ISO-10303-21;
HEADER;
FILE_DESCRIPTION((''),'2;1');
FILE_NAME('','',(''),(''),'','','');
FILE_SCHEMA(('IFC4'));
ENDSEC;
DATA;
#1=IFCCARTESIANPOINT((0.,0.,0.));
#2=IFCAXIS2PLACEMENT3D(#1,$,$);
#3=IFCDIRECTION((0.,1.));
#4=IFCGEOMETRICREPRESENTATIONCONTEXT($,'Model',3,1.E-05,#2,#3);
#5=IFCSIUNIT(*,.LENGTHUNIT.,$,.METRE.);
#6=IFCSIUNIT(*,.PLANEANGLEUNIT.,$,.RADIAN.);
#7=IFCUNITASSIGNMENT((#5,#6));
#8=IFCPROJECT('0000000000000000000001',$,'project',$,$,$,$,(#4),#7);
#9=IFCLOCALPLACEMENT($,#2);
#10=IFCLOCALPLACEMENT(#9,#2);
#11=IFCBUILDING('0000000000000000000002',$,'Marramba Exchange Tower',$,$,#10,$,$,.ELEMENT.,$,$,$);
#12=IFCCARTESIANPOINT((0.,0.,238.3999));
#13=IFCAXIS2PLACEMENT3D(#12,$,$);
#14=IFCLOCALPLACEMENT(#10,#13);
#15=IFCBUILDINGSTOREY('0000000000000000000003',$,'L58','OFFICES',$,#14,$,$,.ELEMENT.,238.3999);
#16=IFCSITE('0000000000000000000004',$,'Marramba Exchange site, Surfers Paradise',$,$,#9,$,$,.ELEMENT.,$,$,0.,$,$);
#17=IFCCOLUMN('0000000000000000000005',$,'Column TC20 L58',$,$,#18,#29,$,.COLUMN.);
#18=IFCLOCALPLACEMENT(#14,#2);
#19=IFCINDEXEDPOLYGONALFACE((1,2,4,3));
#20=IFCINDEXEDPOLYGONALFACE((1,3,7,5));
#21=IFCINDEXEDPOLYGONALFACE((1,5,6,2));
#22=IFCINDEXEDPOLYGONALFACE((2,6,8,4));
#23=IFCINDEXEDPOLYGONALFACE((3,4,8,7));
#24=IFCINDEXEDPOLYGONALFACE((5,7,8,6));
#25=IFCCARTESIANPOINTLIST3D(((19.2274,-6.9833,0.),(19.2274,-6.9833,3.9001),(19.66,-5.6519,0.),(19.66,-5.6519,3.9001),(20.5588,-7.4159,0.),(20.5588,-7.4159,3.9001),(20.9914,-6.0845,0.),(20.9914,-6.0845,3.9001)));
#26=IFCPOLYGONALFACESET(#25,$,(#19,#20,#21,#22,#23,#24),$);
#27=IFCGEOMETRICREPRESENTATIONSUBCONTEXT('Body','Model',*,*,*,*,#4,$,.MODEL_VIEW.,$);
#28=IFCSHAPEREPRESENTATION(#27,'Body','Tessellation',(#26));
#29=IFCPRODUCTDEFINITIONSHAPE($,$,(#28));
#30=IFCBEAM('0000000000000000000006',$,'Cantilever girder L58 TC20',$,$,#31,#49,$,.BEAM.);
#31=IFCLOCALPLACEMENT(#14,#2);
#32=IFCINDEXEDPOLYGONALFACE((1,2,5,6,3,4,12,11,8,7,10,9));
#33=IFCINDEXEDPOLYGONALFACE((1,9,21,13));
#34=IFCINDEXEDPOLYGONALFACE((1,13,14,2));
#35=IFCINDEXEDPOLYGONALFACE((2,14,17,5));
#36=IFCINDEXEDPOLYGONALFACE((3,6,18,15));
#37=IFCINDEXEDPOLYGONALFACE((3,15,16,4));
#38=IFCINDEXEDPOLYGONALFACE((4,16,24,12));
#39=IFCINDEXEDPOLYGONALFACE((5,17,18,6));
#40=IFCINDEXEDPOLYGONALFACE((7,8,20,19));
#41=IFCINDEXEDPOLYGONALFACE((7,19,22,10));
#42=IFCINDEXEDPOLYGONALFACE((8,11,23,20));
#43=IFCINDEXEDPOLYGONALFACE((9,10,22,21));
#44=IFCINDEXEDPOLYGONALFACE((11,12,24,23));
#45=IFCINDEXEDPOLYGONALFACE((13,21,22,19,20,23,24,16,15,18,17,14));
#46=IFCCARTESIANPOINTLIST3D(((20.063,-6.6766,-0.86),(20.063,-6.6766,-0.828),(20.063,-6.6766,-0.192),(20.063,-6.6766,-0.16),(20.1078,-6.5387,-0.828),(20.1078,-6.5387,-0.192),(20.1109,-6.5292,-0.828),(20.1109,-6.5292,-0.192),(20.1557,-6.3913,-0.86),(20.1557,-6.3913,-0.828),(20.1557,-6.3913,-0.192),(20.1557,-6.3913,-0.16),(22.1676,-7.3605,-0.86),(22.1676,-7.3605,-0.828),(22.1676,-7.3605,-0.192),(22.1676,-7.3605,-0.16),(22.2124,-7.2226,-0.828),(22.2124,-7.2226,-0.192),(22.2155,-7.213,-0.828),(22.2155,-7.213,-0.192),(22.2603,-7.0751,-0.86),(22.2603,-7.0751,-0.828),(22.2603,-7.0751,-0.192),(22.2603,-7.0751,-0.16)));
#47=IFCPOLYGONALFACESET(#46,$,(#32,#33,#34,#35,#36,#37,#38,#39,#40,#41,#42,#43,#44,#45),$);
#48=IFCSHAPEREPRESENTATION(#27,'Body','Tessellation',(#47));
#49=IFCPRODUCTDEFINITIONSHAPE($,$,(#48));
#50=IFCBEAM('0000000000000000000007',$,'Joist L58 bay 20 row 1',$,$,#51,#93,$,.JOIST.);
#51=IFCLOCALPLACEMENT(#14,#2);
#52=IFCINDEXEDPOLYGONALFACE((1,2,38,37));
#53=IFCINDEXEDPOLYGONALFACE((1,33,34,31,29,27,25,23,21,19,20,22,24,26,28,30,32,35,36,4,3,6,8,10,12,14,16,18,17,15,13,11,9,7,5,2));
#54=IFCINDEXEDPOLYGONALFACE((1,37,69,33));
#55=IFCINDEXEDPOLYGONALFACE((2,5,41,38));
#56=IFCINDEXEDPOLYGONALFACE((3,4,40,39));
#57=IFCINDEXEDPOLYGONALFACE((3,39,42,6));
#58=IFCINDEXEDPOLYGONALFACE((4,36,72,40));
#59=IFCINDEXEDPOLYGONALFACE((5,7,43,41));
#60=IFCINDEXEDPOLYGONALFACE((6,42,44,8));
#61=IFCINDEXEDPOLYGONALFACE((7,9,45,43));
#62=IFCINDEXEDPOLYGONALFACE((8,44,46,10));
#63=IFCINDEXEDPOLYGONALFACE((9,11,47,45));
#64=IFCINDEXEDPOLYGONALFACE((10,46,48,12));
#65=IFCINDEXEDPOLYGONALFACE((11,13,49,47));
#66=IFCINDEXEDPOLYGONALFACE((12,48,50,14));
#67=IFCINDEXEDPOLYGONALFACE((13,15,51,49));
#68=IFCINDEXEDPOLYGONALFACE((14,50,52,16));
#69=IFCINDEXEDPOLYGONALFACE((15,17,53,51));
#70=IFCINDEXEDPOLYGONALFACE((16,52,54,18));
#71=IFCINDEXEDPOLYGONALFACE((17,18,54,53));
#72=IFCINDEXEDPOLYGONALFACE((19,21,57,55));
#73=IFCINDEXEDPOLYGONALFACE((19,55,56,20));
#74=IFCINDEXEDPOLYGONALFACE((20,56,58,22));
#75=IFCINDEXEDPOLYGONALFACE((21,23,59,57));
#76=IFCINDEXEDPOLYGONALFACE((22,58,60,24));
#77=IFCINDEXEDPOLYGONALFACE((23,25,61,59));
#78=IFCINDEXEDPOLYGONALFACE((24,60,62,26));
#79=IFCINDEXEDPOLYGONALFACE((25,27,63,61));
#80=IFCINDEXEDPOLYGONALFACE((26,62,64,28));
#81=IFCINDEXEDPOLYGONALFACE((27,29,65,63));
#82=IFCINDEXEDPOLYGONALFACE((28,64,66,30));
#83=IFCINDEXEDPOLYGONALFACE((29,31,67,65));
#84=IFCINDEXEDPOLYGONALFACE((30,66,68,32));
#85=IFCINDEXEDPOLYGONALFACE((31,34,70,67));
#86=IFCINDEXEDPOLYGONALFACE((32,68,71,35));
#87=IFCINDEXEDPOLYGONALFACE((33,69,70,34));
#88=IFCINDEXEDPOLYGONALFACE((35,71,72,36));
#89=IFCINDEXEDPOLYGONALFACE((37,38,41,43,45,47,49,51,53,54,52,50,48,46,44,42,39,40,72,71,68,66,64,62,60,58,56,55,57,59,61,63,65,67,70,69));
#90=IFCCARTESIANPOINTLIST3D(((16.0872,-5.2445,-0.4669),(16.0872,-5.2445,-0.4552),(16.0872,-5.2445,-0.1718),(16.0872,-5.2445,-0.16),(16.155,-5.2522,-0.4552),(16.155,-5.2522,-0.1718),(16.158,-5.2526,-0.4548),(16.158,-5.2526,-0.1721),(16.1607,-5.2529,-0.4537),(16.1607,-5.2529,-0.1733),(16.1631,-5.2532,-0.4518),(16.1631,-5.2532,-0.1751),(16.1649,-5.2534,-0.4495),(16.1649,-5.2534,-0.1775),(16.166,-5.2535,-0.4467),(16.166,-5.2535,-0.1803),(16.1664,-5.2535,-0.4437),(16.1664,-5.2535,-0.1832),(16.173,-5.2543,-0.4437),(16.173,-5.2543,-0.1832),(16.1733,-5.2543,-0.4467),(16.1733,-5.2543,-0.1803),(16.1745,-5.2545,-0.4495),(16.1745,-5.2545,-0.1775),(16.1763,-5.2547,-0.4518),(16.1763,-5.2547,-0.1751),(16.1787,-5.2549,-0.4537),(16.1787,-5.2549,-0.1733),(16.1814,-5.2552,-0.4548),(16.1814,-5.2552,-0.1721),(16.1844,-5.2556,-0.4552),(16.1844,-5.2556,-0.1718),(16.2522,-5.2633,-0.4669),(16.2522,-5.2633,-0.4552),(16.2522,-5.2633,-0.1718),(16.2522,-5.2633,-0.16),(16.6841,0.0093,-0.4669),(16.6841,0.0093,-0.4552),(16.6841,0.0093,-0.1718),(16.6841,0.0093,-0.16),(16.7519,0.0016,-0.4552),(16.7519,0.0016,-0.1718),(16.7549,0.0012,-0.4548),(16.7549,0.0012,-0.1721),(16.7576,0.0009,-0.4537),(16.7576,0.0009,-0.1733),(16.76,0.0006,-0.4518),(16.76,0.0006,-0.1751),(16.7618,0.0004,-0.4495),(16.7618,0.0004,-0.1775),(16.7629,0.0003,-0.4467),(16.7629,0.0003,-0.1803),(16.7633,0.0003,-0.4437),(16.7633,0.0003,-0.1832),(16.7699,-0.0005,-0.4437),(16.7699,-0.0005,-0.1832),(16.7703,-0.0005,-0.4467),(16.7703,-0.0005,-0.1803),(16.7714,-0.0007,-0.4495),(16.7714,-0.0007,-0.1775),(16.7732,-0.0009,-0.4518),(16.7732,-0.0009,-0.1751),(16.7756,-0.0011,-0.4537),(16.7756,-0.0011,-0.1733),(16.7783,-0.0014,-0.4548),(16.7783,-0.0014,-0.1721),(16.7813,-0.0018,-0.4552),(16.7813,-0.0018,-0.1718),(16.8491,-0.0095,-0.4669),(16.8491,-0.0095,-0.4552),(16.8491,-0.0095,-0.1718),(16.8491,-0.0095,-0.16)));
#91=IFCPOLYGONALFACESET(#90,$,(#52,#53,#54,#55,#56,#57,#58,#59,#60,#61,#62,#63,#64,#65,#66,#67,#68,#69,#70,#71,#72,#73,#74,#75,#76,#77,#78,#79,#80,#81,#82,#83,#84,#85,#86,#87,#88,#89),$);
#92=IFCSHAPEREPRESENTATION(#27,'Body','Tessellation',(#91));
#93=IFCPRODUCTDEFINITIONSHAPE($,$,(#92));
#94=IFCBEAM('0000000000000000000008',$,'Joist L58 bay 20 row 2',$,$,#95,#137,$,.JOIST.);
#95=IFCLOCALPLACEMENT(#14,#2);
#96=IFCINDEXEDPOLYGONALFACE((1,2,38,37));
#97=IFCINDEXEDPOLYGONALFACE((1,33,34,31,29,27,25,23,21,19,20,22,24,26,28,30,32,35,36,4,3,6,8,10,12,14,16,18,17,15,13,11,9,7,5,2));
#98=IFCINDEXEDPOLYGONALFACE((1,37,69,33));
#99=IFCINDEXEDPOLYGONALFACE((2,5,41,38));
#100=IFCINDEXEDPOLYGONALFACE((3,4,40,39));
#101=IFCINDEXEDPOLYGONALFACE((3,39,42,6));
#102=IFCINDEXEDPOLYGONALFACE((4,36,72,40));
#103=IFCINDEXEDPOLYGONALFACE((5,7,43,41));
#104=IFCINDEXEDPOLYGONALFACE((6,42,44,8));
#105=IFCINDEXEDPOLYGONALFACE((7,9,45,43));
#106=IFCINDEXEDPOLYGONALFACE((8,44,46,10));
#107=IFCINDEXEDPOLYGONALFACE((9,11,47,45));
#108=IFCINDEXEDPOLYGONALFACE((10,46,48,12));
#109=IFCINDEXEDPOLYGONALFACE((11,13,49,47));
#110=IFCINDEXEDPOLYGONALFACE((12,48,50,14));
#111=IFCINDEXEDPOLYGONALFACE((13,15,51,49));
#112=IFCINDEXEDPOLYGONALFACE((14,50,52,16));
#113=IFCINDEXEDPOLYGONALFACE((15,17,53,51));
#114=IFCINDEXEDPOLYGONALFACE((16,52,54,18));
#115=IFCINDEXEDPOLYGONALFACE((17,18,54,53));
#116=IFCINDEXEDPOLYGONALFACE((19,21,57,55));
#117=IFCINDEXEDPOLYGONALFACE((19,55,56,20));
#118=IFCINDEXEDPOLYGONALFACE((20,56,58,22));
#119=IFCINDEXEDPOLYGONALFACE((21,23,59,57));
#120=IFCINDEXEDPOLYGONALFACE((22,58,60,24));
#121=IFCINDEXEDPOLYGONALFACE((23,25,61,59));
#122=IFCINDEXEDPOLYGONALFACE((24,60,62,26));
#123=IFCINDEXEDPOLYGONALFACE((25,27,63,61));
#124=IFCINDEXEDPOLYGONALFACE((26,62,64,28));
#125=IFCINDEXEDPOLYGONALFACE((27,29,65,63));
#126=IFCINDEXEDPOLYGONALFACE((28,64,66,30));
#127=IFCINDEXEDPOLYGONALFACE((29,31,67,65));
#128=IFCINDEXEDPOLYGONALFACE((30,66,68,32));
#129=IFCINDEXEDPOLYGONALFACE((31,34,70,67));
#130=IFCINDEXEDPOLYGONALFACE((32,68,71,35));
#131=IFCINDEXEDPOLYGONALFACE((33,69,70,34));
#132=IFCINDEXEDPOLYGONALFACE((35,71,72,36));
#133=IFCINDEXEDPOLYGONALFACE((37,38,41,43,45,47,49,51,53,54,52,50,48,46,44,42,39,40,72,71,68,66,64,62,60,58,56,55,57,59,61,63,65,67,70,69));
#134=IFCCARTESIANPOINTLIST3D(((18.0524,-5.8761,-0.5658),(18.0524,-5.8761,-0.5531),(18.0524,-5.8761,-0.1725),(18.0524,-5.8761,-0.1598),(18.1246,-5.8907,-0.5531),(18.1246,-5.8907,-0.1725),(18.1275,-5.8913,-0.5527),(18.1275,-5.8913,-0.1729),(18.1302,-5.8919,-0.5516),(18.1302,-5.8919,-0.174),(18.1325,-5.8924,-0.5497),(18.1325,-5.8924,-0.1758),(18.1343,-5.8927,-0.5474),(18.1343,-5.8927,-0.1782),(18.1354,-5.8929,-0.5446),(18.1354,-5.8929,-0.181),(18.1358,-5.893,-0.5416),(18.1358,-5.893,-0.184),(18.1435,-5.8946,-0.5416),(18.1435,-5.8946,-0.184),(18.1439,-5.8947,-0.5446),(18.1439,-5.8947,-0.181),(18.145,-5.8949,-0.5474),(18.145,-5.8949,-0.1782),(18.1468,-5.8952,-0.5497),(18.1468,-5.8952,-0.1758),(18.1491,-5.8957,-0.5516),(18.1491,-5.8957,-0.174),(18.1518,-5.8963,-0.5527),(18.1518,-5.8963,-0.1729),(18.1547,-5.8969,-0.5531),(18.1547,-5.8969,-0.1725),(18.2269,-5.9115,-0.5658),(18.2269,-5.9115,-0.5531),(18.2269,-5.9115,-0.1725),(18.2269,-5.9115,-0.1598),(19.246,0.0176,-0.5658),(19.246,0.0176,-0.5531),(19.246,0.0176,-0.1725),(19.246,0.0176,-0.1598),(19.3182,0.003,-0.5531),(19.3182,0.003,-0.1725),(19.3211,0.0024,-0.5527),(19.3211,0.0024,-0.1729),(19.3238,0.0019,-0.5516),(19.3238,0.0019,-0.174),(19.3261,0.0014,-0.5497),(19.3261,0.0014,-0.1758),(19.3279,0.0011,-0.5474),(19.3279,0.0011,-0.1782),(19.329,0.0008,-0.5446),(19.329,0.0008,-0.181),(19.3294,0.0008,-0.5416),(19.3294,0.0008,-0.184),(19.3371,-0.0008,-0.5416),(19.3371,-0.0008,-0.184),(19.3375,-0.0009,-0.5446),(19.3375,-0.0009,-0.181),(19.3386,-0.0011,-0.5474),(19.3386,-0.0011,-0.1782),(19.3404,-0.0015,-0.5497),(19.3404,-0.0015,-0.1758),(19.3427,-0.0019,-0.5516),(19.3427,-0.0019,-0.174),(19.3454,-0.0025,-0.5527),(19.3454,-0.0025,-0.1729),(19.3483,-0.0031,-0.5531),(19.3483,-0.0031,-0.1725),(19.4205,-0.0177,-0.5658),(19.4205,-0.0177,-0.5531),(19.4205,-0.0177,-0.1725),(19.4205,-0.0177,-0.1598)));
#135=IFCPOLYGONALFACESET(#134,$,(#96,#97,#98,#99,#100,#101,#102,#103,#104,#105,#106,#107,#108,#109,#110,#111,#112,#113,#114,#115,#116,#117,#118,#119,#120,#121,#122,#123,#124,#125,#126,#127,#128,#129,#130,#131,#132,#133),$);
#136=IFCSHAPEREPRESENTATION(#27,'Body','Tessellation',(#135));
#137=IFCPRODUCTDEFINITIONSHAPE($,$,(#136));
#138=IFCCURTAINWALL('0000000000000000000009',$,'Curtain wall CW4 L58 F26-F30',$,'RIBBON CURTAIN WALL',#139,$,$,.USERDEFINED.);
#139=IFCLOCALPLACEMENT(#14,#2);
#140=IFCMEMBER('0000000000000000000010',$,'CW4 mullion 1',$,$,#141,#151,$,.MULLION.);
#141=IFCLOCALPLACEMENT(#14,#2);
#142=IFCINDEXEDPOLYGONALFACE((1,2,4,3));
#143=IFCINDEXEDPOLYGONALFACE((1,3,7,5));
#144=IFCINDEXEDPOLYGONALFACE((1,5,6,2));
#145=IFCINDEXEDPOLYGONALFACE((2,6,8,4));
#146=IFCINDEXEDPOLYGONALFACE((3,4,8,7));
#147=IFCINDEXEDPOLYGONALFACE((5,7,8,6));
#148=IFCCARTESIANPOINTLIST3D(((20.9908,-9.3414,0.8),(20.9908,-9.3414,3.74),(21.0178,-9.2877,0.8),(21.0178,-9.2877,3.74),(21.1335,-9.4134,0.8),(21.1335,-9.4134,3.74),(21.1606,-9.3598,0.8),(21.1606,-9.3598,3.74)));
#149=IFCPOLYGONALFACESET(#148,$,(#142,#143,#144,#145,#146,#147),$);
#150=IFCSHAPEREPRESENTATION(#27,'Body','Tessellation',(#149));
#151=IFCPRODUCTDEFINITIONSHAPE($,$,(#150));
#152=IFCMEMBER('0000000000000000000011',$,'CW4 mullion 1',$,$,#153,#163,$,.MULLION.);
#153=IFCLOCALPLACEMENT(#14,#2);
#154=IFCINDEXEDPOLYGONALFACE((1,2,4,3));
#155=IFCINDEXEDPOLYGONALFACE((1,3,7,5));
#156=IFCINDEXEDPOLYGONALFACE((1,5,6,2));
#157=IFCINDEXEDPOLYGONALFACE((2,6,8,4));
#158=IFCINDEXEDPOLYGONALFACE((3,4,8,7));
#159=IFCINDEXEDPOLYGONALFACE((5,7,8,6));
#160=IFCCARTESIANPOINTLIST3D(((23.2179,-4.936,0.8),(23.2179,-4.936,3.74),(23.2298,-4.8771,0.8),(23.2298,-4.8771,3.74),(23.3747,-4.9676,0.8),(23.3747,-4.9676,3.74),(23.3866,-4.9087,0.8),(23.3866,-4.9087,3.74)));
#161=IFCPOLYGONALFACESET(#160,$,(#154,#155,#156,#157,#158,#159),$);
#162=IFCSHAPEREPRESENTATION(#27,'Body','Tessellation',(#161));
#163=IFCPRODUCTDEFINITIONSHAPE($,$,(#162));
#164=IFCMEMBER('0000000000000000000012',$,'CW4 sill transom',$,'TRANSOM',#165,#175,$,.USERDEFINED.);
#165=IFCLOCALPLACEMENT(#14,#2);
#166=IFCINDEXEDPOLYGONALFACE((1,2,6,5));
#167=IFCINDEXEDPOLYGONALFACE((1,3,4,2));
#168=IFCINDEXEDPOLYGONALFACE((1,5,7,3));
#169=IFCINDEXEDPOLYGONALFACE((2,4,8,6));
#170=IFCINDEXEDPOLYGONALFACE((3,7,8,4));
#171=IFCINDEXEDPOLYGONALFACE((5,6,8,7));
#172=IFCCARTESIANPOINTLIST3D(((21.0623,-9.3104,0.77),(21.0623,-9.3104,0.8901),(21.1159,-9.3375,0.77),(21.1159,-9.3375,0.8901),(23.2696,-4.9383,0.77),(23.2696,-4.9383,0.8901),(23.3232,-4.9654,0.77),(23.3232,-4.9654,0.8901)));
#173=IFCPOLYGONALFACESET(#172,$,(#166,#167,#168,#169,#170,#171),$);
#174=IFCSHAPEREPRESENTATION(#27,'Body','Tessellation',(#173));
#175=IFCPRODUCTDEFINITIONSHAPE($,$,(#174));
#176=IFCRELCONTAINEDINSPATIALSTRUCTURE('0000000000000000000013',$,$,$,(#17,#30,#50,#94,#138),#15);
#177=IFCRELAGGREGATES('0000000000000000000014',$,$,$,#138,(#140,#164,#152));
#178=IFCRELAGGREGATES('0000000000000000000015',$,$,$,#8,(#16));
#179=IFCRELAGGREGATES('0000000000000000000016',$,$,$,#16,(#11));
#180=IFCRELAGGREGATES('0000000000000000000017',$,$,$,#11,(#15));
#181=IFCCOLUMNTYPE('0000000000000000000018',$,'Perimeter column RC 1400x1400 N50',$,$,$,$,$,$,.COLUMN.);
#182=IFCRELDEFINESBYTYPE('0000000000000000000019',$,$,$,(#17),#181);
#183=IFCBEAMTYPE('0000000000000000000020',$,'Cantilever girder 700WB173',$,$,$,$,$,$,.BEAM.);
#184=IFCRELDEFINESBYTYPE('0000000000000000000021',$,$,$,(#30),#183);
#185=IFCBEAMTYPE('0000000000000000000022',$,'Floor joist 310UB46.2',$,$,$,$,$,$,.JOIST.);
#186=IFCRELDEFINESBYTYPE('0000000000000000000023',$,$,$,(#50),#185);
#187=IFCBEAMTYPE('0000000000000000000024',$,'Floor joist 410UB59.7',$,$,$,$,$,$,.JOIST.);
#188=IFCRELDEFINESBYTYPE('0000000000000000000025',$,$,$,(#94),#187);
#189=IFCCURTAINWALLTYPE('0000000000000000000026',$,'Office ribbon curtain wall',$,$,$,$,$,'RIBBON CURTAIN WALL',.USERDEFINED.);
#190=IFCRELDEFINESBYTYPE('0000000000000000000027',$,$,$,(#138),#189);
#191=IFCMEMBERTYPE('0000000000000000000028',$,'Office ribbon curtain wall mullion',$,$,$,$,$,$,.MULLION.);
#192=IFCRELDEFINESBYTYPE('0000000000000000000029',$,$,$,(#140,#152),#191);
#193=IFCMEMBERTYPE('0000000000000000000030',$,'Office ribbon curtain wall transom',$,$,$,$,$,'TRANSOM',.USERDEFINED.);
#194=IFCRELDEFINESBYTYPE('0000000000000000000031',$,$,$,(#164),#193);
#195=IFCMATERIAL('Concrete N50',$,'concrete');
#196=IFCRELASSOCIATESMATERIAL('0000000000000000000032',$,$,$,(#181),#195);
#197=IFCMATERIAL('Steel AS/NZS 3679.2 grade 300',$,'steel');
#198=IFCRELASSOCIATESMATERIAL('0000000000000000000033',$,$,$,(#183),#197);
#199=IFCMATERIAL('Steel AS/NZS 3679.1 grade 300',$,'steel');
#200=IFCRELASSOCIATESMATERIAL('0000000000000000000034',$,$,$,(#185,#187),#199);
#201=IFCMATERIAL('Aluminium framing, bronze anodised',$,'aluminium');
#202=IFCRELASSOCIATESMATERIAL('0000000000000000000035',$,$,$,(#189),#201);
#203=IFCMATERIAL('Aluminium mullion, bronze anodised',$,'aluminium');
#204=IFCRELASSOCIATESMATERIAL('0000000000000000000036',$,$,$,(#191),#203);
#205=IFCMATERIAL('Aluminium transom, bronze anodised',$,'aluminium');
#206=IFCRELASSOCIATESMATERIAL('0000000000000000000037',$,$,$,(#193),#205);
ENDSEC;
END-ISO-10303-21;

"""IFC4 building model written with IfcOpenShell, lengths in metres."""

from ifc_helpers import new_model, si_unit, direction, frame, origin, origin_2d, place, context, subcontext, project, spatial, rectangle, i_section, extrude, material, material_profile, profile_set, type_object, element, aggregate, save


model = new_model("IFC4")

# Units and contexts
model_context = context("Model", 3, precision=1e-05, world=origin(), true_north=direction((0.0, 1.0)))
body_context = subcontext(model_context, "Body", "Model", "MODEL_VIEW")
ifc_project = project(units=[si_unit("LENGTHUNIT", "METRE"), si_unit("PLANEANGLEUNIT", "RADIAN")], contexts=[model_context])

# Site, building, storey
site_placement = place(None, origin())
site = spatial("IfcSite", under=ifc_project, at=site_placement, Name="Marramba Exchange site, Surfers Paradise", CompositionType="ELEMENT", RefElevation=0.0)
building_placement = place(site_placement, origin())
building = spatial("IfcBuilding", under=site, at=building_placement, Name="Marramba Exchange Tower", CompositionType="ELEMENT")
storey_placement = place(building_placement, frame((0.0, 0.0, 238.3999)))
storey = spatial("IfcBuildingStorey", under=building, at=storey_placement, Name="L58", Description="OFFICES", CompositionType="ELEMENT", Elevation=238.3999)

# Column
ifc_material_1 = material(Name="Concrete N50", Category="concrete")
ifc_material_profile_1 = material_profile(ifc_material_1, rectangle(XDim=1.3999, YDim=1.3999, at=origin_2d()), Name="RC 1400x1400")
ifc_profile_set_1 = profile_set([ifc_material_profile_1], Name="Concrete N50")
column_type = type_object("IfcColumnType", Name="Perimeter column RC 1400x1400 N50", PredefinedType="COLUMN", material=ifc_profile_set_1)
column_placement = place(storey_placement, frame((20.1094, -6.5339, 0.0), z_axis=(0.0, 0.0, 1.0), x_axis=(0.951057, -0.309017, 0.0)))
element("IfcColumn", 1, at=column_placement, inside=storey, type_object=column_type, Name="Column TC20 L58", PredefinedType="COLUMN", context=body_context, shape_type="SweptSolid", body=[
    extrude(rectangle(XDim=1.3999, YDim=1.3999, at=origin_2d()), origin(), (0.0, 0.0, 1.0), 3.9001),
])

# Beams
ifc_material_2 = material(Name="Steel AS/NZS 3679.2 grade 300", Category="steel")
ifc_material_profile_2 = material_profile(ifc_material_2, i_section(OverallWidth=0.3, OverallDepth=0.7, WebThickness=0.01, FlangeThickness=0.032, at=origin_2d()), Name="700WB173")
ifc_profile_set_2 = profile_set([ifc_material_profile_2], Name="Steel AS/NZS 3679.2 grade 300")
beam_type_1 = type_object("IfcBeamType", Name="Cantilever girder 700WB173", PredefinedType="BEAM", material=ifc_profile_set_2)
beam_1_placement = place(storey_placement, frame((20.1094, -6.5339, -0.51), z_axis=(0.95105, -0.309036, 0.0), x_axis=(0.309036, 0.95105, 0.0)))
element("IfcBeam", 2, at=beam_1_placement, inside=storey, type_object=beam_type_1, Name="Cantilever girder L58 TC20", PredefinedType="BEAM", context=body_context, shape_type="SweptSolid", body=[
    extrude(i_section(OverallWidth=0.3, OverallDepth=0.7, WebThickness=0.01, FlangeThickness=0.032, at=origin_2d()), origin(), (0.0, 0.0, 1.0), 2.2129),
])
ifc_material_3 = material(Name="Steel AS/NZS 3679.1 grade 300", Category="steel")
ifc_material_profile_3 = material_profile(ifc_material_3, i_section(OverallWidth=0.166, OverallDepth=0.3069, WebThickness=0.0066, FlangeThickness=0.0117, FilletRadius=0.0115, at=origin_2d()), Name="310UB46.2")
ifc_profile_set_3 = profile_set([ifc_material_profile_3], Name="Steel AS/NZS 3679.1 grade 300")
beam_type_2 = type_object("IfcBeamType", Name="Floor joist 310UB46.2", PredefinedType="JOIST", material=ifc_profile_set_3)
beam_2_placement = place(storey_placement, frame((16.1697, -5.2539, -0.3135), z_axis=(0.112889, 0.993608, 0.0), x_axis=(-0.993608, 0.112889, 0.0)))
element("IfcBeam", 3, at=beam_2_placement, inside=storey, type_object=beam_type_2, Name="Joist L58 bay 20 row 1", PredefinedType="JOIST", context=body_context, shape_type="SweptSolid", body=[
    extrude(i_section(OverallWidth=0.166, OverallDepth=0.3069, WebThickness=0.0066, FlangeThickness=0.0117, FilletRadius=0.0115, at=origin_2d()), origin(), (0.0, 0.0, 1.0), 5.2876),
])
ifc_material_profile_4 = material_profile(ifc_material_3, i_section(OverallWidth=0.178, OverallDepth=0.406, WebThickness=0.0078, FlangeThickness=0.0127, FilletRadius=0.0115, at=origin_2d()), Name="410UB59.7")
ifc_profile_set_4 = profile_set([ifc_material_profile_4], Name="Steel AS/NZS 3679.1 grade 300")
beam_type_3 = type_object("IfcBeamType", Name="Floor joist 410UB59.7", PredefinedType="JOIST", material=ifc_profile_set_4)
beam_3_placement = place(storey_placement, frame((18.1396, -5.8938, -0.3628), z_axis=(0.198489, 0.980103, 0.0), x_axis=(-0.980103, 0.198489, 0.0)))
element("IfcBeam", 4, at=beam_3_placement, inside=storey, type_object=beam_type_3, Name="Joist L58 bay 20 row 2", PredefinedType="JOIST", context=body_context, shape_type="SweptSolid", body=[
    extrude(i_section(OverallWidth=0.178, OverallDepth=0.406, WebThickness=0.0078, FlangeThickness=0.0127, FilletRadius=0.0115, at=origin_2d()), origin(), (0.0, 0.0, 1.0), 6.0134),
])

# Curtain wall, members
ifc_material_4 = material(Name="Aluminium framing, bronze anodised", Category="aluminium")
curtain_wall_type = type_object("IfcCurtainWallType", Name="Office ribbon curtain wall", ElementType="RIBBON CURTAIN WALL", PredefinedType="USERDEFINED", material=ifc_material_4)
curtain_wall_placement = place(storey_placement, origin())
curtain_wall = element("IfcCurtainWall", 5, at=curtain_wall_placement, inside=storey, type_object=curtain_wall_type, Name="Curtain wall CW4 L58 F26-F30", ObjectType="RIBBON CURTAIN WALL", PredefinedType="USERDEFINED")
ifc_material_5 = material(Name="Aluminium mullion, bronze anodised", Category="aluminium")
ifc_material_profile_5 = material_profile(ifc_material_5, rectangle(XDim=0.1599, YDim=0.0601, at=origin_2d()), Name="CW4 mullion 60x160")
ifc_profile_set_5 = profile_set([ifc_material_profile_5], Name="Aluminium mullion, bronze anodised")
member_type_1 = type_object("IfcMemberType", Name="Office ribbon curtain wall mullion", PredefinedType="MULLION", material=ifc_profile_set_5)
member_1_placement = place(storey_placement, frame((21.0757, -9.3506, 0.8), z_axis=(0.0, 0.0, 1.0), x_axis=(-0.892689, 0.450673, 0.0)))
member_1 = element("IfcMember", 6, at=member_1_placement, type_object=member_type_1, Name="CW4 mullion 1", PredefinedType="MULLION", context=body_context, shape_type="SweptSolid", body=[
    extrude(rectangle(XDim=0.1599, YDim=0.0601, at=origin_2d()), origin(), (0.0, 0.0, 1.0), 2.9399),
])
member_2_placement = place(storey_placement, frame((23.3022, -4.9224, 0.8), z_axis=(0.0, 0.0, 1.0), x_axis=(-0.980304, 0.197495, 0.0)))
member_2 = element("IfcMember", 7, at=member_2_placement, type_object=member_type_1, Name="CW4 mullion 1", PredefinedType="MULLION", context=body_context, shape_type="SweptSolid", body=[
    extrude(rectangle(XDim=0.1599, YDim=0.0601, at=origin_2d()), origin(), (0.0, 0.0, 1.0), 2.9399),
])
ifc_material_6 = material(Name="Aluminium transom, bronze anodised", Category="aluminium")
ifc_material_profile_6 = material_profile(ifc_material_6, rectangle(XDim=0.0601, YDim=0.1201, at=origin_2d()), Name="CW4 transom 60x120")
ifc_profile_set_6 = profile_set([ifc_material_profile_6], Name="Aluminium transom, bronze anodised")
member_type_2 = type_object("IfcMemberType", Name="Office ribbon curtain wall transom", ElementType="TRANSOM", PredefinedType="USERDEFINED", material=ifc_profile_set_6)
member_3_placement = place(storey_placement, frame((21.0891, -9.324, 0.8301), z_axis=(0.45068, 0.892686, 0.0), x_axis=(-0.892686, 0.45068, 0.0)))
member_3 = element("IfcMember", 8, at=member_3_placement, type_object=member_type_2, Name="CW4 sill transom", ObjectType="TRANSOM", PredefinedType="USERDEFINED", context=body_context, shape_type="SweptSolid", body=[
    extrude(rectangle(XDim=0.0601, YDim=0.1201, at=origin_2d()), origin(), (0.0, 0.0, 1.0), 4.8977),
])

aggregate(curtain_wall, [member_1, member_3, member_2])

save(model, "model.ifc")
